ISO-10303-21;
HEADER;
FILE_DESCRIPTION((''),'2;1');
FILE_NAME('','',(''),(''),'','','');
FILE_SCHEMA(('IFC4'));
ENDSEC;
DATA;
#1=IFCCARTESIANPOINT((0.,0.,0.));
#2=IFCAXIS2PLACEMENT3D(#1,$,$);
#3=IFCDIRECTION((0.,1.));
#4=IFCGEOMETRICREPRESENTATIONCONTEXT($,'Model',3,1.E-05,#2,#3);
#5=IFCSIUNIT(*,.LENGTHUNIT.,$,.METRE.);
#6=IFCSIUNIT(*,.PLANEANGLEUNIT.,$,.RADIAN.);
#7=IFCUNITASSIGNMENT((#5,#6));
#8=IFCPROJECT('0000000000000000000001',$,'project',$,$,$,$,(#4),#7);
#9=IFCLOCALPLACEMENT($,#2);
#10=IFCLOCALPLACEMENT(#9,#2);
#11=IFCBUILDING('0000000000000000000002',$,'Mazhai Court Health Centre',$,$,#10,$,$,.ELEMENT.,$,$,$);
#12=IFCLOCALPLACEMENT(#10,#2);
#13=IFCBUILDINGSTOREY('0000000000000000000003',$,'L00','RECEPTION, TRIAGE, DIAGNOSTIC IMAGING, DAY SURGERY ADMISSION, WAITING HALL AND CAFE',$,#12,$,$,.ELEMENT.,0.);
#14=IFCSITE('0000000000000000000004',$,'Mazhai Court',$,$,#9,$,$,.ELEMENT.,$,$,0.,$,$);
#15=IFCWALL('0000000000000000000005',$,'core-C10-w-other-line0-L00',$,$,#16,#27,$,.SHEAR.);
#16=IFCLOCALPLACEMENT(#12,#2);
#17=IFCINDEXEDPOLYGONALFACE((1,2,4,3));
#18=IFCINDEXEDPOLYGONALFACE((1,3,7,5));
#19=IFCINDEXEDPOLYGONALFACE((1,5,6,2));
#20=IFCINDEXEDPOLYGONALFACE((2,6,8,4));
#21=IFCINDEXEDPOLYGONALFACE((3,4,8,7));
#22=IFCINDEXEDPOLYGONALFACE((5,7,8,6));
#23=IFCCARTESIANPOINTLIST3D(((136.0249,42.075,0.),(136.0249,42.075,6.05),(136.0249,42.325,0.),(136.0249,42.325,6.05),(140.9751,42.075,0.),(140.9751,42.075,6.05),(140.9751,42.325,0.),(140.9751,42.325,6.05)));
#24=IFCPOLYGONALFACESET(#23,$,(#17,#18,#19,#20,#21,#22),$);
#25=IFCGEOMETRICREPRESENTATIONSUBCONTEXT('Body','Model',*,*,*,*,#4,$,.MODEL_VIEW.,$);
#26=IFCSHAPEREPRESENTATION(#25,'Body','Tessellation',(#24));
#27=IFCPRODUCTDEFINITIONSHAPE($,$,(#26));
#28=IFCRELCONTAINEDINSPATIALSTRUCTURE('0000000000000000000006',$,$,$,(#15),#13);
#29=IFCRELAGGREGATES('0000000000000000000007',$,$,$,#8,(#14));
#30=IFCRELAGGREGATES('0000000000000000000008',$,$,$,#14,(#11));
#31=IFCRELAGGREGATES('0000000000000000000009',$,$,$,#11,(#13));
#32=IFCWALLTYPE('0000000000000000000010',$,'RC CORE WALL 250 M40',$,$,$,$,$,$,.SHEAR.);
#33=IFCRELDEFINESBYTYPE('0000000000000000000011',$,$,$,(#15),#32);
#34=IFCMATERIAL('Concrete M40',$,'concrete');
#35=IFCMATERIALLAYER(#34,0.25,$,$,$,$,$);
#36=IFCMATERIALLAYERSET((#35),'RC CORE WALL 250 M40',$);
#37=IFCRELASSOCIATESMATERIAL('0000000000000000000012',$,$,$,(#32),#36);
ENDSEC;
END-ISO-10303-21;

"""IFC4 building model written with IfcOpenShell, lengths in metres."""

from ifc_helpers import new_model, si_unit, direction, frame, frame_2d, origin, place, context, subcontext, project, spatial, rectangle, extrude, material, layer, layer_set, type_object, element, save


model = new_model("IFC4")

# Units and contexts
model_context = context("Model", 3, precision=1e-05, world=origin(), true_north=direction((0.0, 1.0)))
body_context = subcontext(model_context, "Body", "Model", "MODEL_VIEW")
ifc_project = project(units=[si_unit("LENGTHUNIT", "METRE"), si_unit("PLANEANGLEUNIT", "RADIAN")], contexts=[model_context])

# Site, building, storey
site_placement = place(None, origin())
site = spatial("IfcSite", under=ifc_project, at=site_placement, Name="Mazhai Court", CompositionType="ELEMENT", RefElevation=0.0)
building_placement = place(site_placement, origin())
building = spatial("IfcBuilding", under=site, at=building_placement, Name="Mazhai Court Health Centre", CompositionType="ELEMENT")
storey_placement = place(building_placement, origin())
storey = spatial("IfcBuildingStorey", under=building, at=storey_placement, Name="L00", Description="RECEPTION, TRIAGE, DIAGNOSTIC IMAGING, DAY SURGERY ADMISSION, WAITING HALL AND CAFE", CompositionType="ELEMENT", Elevation=0.0)

# Wall
ifc_material_1 = material(Name="Concrete M40", Category="concrete")
ifc_layer_1 = layer(ifc_material_1, 0.25)
ifc_layer_set_1 = layer_set([ifc_layer_1], Name="RC CORE WALL 250 M40")
wall_type_1 = type_object("IfcWallType", Name="RC CORE WALL 250 M40", PredefinedType="SHEAR", material=ifc_layer_set_1)
wall_1_placement = place(storey_placement, frame((136.0249, 42.2, 0.0), z_axis=(0.0, 0.0, 1.0), x_axis=(1.0, 0.0, 0.0)))
element("IfcWall", 1, at=wall_1_placement, inside=storey, type_object=wall_type_1, Name="core-C10-w-other-line0-L00", PredefinedType="SHEAR", context=body_context, shape_type="SweptSolid", body=[
    extrude(rectangle(XDim=4.9502, YDim=0.25, at=frame_2d((2.4751, 0.0))), origin(), (0.0, 0.0, 1.0), 6.05),
])

save(model, "model.ifc")
